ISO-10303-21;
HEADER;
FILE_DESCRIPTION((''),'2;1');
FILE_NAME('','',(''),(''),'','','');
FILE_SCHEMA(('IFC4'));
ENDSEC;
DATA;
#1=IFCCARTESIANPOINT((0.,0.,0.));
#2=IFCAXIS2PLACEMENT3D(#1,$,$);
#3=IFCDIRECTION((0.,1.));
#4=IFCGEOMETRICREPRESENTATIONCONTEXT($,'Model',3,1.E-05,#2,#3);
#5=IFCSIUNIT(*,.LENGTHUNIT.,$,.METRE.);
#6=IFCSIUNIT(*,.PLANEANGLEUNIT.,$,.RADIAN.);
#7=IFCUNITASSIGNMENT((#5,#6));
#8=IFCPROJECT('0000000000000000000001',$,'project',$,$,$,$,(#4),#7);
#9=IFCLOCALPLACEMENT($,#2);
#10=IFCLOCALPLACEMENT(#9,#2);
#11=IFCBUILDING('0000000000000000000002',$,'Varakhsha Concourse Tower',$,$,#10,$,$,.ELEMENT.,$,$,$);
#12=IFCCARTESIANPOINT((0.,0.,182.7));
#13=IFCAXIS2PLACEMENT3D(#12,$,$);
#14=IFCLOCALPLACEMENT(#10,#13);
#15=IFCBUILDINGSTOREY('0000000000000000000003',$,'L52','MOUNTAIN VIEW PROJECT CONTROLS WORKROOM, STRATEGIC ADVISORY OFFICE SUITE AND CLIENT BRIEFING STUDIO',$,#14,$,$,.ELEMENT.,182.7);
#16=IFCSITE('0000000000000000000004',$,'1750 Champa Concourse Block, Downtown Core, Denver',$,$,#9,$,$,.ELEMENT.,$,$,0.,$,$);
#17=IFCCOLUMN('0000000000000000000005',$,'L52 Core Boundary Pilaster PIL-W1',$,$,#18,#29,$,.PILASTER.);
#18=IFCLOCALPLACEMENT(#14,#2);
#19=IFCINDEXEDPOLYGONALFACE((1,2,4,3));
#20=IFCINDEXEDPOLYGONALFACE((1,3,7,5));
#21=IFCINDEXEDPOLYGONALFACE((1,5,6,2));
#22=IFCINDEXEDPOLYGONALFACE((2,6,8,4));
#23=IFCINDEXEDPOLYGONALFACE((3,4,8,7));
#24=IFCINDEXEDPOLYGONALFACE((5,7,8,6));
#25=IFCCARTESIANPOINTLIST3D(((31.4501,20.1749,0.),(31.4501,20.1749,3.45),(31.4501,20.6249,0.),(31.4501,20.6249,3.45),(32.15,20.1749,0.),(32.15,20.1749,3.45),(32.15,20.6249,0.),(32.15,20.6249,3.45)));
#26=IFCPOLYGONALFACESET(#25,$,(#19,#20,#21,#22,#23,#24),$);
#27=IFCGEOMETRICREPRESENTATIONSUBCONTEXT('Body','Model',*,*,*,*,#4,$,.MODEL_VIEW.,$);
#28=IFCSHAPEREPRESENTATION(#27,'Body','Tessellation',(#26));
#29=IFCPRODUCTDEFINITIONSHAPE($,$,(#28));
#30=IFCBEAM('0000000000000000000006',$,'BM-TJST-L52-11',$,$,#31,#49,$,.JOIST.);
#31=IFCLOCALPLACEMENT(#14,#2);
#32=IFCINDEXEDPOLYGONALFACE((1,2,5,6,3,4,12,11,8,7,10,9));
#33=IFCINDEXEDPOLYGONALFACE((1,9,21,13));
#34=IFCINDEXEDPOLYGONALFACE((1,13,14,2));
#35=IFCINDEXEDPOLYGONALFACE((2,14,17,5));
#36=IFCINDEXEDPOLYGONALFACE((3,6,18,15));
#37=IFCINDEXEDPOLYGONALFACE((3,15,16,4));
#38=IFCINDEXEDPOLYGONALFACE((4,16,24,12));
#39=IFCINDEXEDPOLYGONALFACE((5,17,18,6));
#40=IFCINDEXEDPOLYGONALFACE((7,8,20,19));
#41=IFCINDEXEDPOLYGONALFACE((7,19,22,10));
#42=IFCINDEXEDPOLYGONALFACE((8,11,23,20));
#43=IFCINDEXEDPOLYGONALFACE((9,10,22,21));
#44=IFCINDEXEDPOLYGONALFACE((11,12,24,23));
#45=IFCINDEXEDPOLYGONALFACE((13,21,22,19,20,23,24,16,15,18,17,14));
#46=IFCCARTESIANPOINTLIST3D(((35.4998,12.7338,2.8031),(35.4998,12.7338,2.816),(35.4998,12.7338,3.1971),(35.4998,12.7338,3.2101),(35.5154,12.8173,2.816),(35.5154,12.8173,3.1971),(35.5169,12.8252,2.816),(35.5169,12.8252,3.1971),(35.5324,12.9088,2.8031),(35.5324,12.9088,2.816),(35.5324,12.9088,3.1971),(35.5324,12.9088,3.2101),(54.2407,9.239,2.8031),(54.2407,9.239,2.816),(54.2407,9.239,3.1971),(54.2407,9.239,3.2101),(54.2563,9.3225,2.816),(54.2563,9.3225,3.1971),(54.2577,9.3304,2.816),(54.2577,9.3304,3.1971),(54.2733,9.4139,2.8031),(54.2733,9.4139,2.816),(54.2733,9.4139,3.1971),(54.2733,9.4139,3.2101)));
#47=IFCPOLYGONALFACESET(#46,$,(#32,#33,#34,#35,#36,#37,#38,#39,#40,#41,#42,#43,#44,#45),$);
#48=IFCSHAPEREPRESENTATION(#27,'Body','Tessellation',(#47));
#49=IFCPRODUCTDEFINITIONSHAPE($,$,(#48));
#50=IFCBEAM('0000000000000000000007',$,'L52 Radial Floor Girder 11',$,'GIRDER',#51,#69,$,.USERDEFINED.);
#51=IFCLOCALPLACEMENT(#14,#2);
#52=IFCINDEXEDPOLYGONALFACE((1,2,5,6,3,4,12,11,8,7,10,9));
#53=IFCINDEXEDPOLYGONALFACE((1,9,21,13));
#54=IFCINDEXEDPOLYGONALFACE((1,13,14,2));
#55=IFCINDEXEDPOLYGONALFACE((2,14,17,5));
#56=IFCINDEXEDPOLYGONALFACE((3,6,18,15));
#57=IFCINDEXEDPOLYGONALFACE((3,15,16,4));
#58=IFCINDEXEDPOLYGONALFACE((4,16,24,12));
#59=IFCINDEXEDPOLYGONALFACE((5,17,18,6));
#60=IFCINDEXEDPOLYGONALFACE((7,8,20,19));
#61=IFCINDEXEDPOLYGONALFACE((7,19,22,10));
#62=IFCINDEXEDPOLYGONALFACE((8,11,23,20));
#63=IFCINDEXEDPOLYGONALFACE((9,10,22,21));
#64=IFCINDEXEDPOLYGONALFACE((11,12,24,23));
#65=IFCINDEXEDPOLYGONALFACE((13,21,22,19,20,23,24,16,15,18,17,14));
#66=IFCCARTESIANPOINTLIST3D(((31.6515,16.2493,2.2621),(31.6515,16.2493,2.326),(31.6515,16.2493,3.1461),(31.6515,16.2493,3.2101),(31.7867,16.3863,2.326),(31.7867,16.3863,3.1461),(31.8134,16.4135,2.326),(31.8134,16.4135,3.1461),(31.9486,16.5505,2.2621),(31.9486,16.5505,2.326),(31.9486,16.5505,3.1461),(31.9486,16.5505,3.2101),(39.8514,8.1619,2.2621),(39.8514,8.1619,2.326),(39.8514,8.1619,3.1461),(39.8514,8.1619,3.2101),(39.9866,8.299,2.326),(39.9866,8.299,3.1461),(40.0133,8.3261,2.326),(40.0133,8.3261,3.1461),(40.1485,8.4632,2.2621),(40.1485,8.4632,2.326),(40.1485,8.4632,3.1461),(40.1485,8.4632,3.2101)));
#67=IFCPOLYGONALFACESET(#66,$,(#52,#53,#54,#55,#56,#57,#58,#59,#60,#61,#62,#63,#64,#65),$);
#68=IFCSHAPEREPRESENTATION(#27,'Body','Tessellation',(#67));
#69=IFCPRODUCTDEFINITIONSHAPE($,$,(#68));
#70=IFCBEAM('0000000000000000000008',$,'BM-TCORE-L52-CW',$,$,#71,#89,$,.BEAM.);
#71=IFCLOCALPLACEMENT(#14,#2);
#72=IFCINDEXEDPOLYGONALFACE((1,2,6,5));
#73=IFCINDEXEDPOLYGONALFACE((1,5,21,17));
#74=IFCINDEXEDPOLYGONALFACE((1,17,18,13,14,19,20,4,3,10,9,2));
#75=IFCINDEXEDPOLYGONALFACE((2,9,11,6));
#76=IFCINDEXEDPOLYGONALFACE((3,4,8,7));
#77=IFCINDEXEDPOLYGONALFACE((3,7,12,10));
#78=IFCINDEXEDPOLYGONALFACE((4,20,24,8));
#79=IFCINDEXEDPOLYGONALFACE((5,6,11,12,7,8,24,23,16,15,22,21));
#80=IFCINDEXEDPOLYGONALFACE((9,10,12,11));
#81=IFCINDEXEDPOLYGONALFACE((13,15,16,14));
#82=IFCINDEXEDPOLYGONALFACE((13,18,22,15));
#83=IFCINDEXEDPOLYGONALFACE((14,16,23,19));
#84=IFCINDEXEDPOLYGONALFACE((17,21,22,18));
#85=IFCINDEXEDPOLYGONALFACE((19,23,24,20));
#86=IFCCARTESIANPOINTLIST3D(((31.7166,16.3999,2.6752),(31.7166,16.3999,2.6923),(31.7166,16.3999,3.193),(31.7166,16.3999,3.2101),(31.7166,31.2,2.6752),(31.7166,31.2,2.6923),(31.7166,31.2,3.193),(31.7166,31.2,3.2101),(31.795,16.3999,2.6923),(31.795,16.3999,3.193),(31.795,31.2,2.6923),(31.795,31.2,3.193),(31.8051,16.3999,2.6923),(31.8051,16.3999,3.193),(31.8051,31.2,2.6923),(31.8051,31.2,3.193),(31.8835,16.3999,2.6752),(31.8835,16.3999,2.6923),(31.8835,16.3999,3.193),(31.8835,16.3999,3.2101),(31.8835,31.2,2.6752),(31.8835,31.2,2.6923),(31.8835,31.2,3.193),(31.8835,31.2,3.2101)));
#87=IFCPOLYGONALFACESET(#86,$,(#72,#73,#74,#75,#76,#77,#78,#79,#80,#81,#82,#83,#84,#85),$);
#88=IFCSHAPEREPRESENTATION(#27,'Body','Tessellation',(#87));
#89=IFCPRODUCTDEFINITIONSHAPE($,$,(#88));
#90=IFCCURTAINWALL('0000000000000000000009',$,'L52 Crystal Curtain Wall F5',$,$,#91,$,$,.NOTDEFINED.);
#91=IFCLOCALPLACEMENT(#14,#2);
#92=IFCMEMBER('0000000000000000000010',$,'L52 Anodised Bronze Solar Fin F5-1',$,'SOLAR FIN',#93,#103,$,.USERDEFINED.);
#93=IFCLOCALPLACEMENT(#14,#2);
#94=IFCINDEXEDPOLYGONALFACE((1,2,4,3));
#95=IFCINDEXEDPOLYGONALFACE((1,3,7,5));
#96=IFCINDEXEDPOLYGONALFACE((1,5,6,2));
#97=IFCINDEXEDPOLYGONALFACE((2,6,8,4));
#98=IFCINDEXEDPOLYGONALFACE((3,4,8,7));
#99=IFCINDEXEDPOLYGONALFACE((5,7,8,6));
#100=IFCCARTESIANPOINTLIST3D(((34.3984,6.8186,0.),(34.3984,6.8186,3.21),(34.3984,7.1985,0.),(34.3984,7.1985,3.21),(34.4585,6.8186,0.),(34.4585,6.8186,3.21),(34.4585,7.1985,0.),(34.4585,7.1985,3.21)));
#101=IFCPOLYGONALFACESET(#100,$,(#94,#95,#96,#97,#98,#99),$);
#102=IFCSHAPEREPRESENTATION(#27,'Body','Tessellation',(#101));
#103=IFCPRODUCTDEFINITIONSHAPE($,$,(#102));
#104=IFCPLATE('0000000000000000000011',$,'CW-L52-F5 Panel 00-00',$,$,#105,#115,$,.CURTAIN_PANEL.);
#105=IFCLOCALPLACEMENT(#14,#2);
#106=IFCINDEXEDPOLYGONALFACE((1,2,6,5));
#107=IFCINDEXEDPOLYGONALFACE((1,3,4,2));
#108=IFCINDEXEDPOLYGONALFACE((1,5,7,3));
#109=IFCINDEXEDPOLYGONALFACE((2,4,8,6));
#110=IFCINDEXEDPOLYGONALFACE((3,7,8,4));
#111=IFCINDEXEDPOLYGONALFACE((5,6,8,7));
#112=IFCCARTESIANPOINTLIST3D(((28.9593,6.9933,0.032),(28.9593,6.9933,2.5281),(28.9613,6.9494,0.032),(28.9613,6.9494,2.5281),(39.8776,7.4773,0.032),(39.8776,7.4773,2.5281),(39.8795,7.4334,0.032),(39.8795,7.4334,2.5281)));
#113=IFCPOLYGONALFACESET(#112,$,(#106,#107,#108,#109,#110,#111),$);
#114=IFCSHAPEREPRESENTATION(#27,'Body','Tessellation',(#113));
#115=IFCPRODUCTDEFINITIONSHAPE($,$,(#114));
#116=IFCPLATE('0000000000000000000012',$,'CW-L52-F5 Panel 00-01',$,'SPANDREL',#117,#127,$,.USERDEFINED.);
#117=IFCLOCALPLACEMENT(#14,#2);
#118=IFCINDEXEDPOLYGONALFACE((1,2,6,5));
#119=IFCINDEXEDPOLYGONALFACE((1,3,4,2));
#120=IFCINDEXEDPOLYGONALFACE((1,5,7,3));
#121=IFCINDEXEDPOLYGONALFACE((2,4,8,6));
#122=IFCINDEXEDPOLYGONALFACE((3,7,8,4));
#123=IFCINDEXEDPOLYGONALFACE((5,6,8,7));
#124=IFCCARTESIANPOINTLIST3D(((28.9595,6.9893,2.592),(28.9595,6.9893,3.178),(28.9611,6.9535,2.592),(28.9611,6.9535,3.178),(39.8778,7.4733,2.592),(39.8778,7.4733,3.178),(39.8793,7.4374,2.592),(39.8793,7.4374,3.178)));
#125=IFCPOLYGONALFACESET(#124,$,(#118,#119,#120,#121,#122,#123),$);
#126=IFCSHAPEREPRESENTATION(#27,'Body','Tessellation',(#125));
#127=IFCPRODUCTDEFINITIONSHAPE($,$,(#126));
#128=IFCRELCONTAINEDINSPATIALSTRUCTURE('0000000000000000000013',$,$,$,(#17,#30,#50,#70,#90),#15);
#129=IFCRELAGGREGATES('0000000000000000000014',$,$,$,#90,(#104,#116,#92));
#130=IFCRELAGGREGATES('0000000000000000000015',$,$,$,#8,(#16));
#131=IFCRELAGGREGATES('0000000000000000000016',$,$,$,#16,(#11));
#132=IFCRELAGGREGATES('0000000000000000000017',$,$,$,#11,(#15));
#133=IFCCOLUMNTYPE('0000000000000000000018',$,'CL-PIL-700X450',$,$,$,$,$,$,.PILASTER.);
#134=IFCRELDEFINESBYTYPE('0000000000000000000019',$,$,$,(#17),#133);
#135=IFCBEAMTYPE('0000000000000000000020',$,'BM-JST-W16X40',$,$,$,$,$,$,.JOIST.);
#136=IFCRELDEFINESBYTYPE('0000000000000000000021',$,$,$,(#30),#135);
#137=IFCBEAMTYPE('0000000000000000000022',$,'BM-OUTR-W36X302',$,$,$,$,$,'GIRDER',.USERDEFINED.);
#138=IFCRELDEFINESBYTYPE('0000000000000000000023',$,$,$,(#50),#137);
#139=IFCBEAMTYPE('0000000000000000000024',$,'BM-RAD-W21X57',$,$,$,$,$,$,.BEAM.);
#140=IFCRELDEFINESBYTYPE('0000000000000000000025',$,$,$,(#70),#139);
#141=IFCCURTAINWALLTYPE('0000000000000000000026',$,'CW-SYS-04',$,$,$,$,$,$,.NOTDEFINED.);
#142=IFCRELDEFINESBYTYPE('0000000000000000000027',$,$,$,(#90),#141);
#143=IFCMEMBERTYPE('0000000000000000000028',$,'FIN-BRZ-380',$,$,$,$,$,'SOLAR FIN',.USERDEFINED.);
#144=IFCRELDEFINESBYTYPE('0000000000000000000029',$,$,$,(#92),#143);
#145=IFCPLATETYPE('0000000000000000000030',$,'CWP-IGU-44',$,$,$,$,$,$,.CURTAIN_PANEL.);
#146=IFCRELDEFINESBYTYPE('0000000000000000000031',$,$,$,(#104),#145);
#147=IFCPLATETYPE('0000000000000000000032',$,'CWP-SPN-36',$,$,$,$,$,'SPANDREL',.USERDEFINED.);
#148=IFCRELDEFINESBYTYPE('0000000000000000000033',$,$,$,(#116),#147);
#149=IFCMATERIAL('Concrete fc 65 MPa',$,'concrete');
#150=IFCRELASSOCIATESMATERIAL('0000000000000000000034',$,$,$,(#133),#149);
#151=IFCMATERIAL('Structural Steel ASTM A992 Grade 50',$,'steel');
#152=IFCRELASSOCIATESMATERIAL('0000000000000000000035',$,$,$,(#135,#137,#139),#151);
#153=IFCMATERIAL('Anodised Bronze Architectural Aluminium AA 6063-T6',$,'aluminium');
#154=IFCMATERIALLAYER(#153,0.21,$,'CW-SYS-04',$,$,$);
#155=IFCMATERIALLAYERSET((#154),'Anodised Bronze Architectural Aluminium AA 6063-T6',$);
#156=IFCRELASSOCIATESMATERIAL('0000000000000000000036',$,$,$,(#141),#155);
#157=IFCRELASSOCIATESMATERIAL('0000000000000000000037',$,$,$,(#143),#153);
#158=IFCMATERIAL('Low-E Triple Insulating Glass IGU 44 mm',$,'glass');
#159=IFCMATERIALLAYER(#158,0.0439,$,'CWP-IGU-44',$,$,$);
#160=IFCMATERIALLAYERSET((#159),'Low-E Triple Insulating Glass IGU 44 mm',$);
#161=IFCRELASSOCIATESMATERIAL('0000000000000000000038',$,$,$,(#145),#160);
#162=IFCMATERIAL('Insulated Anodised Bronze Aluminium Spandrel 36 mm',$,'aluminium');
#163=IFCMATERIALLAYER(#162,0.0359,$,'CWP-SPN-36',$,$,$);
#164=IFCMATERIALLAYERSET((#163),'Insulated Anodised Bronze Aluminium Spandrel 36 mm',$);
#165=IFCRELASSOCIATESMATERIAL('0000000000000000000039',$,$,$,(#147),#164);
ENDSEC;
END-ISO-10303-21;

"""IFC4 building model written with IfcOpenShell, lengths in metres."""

from ifc_helpers import new_model, si_unit, direction, frame, origin, origin_2d, place, context, subcontext, project, spatial, rectangle, i_section, extrude, source, transform, mapped, material, layer, layer_set, material_profile, profile_set, type_object, type_shapes, element, aggregate, save


model = new_model("IFC4")

# Units and contexts
model_context = context("Model", 3, precision=1e-05, world=origin(), true_north=direction((0.0, 1.0)))
body_context = subcontext(model_context, "Body", "Model", "MODEL_VIEW")
ifc_project = project(units=[si_unit("LENGTHUNIT", "METRE"), si_unit("PLANEANGLEUNIT", "RADIAN")], contexts=[model_context])

# Site, building, storey
site_placement = place(None, origin())
site = spatial("IfcSite", under=ifc_project, at=site_placement, Name="1750 Champa Concourse Block, Downtown Core, Denver", CompositionType="ELEMENT", RefElevation=0.0)
building_placement = place(site_placement, origin())
building = spatial("IfcBuilding", under=site, at=building_placement, Name="Varakhsha Concourse Tower", CompositionType="ELEMENT")
storey_placement = place(building_placement, frame((0.0, 0.0, 182.7)))
storey = spatial("IfcBuildingStorey", under=building, at=storey_placement, Name="L52", Description="MOUNTAIN VIEW PROJECT CONTROLS WORKROOM, STRATEGIC ADVISORY OFFICE SUITE AND CLIENT BRIEFING STUDIO", CompositionType="ELEMENT", Elevation=182.7)

# Column
ifc_material_1 = material(Name="Concrete fc 65 MPa", Category="concrete")
ifc_material_profile_1 = material_profile(ifc_material_1, rectangle(XDim=0.7, YDim=0.45, at=origin_2d()), Name="RC 700x450")
ifc_profile_set_1 = profile_set([ifc_material_profile_1], Name="Concrete fc 65 MPa")
column_type = type_object("IfcColumnType", Name="CL-PIL-700X450", PredefinedType="PILASTER", material=ifc_profile_set_1)
column_placement = place(storey_placement, frame((31.8, 20.3999, 0.0), z_axis=(0.0, 0.0, 1.0), x_axis=(1.0, 0.0, 0.0)))
element("IfcColumn", 1, at=column_placement, inside=storey, type_object=column_type, Name="L52 Core Boundary Pilaster PIL-W1", PredefinedType="PILASTER", context=body_context, shape_type="SweptSolid", body=[
    extrude(rectangle(XDim=0.7, YDim=0.45, at=origin_2d()), origin(), (0.0, 0.0, 1.0), 3.45),
])

# Beams
ifc_material_2 = material(Name="Structural Steel ASTM A992 Grade 50", Category="steel")
ifc_material_profile_2 = material_profile(ifc_material_2, i_section(OverallWidth=0.178, OverallDepth=0.407, WebThickness=0.0081, FlangeThickness=0.0129, at=origin_2d()), Name="W16X40")
ifc_profile_set_2 = profile_set([ifc_material_profile_2], Name="Structural Steel ASTM A992 Grade 50")
beam_type_1 = type_object("IfcBeamType", Name="BM-JST-W16X40", PredefinedType="JOIST", material=ifc_profile_set_2)
beam_1_placement = place(storey_placement, frame((35.5161, 12.8213, 3.0066), z_axis=(0.983053, -0.183323, 0.0), x_axis=(0.183323, 0.983053, 0.0)))
element("IfcBeam", 2, at=beam_1_placement, inside=storey, type_object=beam_type_1, Name="BM-TJST-L52-11", PredefinedType="JOIST", context=body_context, shape_type="SweptSolid", body=[
    extrude(i_section(OverallWidth=0.178, OverallDepth=0.407, WebThickness=0.0081, FlangeThickness=0.0129, at=origin_2d()), origin(), (0.0, 0.0, 1.0), 19.064),
])
ifc_material_profile_3 = material_profile(ifc_material_2, i_section(OverallWidth=0.4231, OverallDepth=0.948, WebThickness=0.0381, FlangeThickness=0.064, at=origin_2d()), Name="W36X302")
ifc_profile_set_3 = profile_set([ifc_material_profile_3], Name="Structural Steel ASTM A992 Grade 50")
beam_type_2 = type_object("IfcBeamType", Name="BM-OUTR-W36X302", ElementType="GIRDER", PredefinedType="USERDEFINED", material=ifc_profile_set_3)
beam_2_placement = place(storey_placement, frame((31.8, 16.3999, 2.7361), z_axis=(0.711976, -0.702204, 0.0), x_axis=(0.702204, 0.711976, 0.0)))
element("IfcBeam", 3, at=beam_2_placement, inside=storey, type_object=beam_type_2, Name="L52 Radial Floor Girder 11", ObjectType="GIRDER", PredefinedType="USERDEFINED", context=body_context, shape_type="SweptSolid", body=[
    extrude(i_section(OverallWidth=0.4231, OverallDepth=0.948, WebThickness=0.0381, FlangeThickness=0.064, at=origin_2d()), origin(), (0.0, 0.0, 1.0), 11.5171),
])
ifc_material_profile_4 = material_profile(ifc_material_2, i_section(OverallWidth=0.167, OverallDepth=0.5349, WebThickness=0.01, FlangeThickness=0.0171, at=origin_2d()), Name="W21X57")
ifc_profile_set_4 = profile_set([ifc_material_profile_4], Name="Structural Steel ASTM A992 Grade 50")
beam_type_3 = type_object("IfcBeamType", Name="BM-RAD-W21X57", PredefinedType="BEAM", material=ifc_profile_set_4)
beam_3_placement = place(storey_placement, frame((31.8, 16.3999, 2.9426), z_axis=(0.0, 1.0, 0.0), x_axis=(-1.0, 0.0, 0.0)))
element("IfcBeam", 4, at=beam_3_placement, inside=storey, type_object=beam_type_3, Name="BM-TCORE-L52-CW", PredefinedType="BEAM", context=body_context, shape_type="SweptSolid", body=[
    extrude(i_section(OverallWidth=0.167, OverallDepth=0.5349, WebThickness=0.01, FlangeThickness=0.0171, at=origin_2d()), origin(), (0.0, 0.0, 1.0), 14.8),
])

# Curtain wall, member, plates
ifc_material_3 = material(Name="Anodised Bronze Architectural Aluminium AA 6063-T6", Category="aluminium")
ifc_layer_1 = layer(ifc_material_3, 0.21, Name="CW-SYS-04")
ifc_layer_set_1 = layer_set([ifc_layer_1], Name="Anodised Bronze Architectural Aluminium AA 6063-T6")
curtain_wall_type = type_object("IfcCurtainWallType", Name="CW-SYS-04", PredefinedType="NOTDEFINED", material=ifc_layer_set_1)
curtain_wall_placement = place(storey_placement, origin())
curtain_wall = element("IfcCurtainWall", 5, at=curtain_wall_placement, inside=storey, type_object=curtain_wall_type, Name="L52 Crystal Curtain Wall F5", PredefinedType="NOTDEFINED")
ifc_material_profile_5 = material_profile(ifc_material_3, rectangle(XDim=0.0601, YDim=0.3799, at=origin_2d()), Name="FIN-BRZ-380")
ifc_profile_set_5 = profile_set([ifc_material_profile_5], Name="Anodised Bronze Architectural Aluminium AA 6063-T6")
member_type = type_object("IfcMemberType", Name="FIN-BRZ-380", ElementType="SOLAR FIN", PredefinedType="USERDEFINED", material=ifc_profile_set_5)
shared_shape_1 = source(origin(), body_context, "Body", "SweptSolid", [
    extrude(rectangle(XDim=0.0601, YDim=0.3799, at=origin_2d()), origin(), (0.0, 0.0, 1.0), 3.21),
])
type_shapes(member_type, [shared_shape_1])
member_placement = place(storey_placement, frame((34.4285, 7.0085, 0.0), z_axis=(0.0, 0.0, 1.0), x_axis=(1.0, 0.0, 0.0)))
member = element("IfcMember", 6, at=member_placement, type_object=member_type, Name="L52 Anodised Bronze Solar Fin F5-1", ObjectType="SOLAR FIN", PredefinedType="USERDEFINED", context=body_context, shape_type="MappedRepresentation", body=[
    mapped(shared_shape_1, transform((0.0, 0.0, 0.0), scale=1.0)),
])
ifc_material_4 = material(Name="Low-E Triple Insulating Glass IGU 44 mm", Category="glass")
ifc_layer_2 = layer(ifc_material_4, 0.0439, Name="CWP-IGU-44")
ifc_layer_set_2 = layer_set([ifc_layer_2], Name="Low-E Triple Insulating Glass IGU 44 mm")
plate_type_1 = type_object("IfcPlateType", Name="CWP-IGU-44", PredefinedType="CURTAIN_PANEL", material=ifc_layer_set_2)
shared_shape_2 = source(origin(), body_context, "Body", "SweptSolid", [
    extrude(rectangle(XDim=10.929, YDim=0.0439, at=origin_2d()), origin(), (0.0, 0.0, 1.0), 2.4961),
])
type_shapes(plate_type_1, [shared_shape_2])
plate_1_placement = place(storey_placement, frame((34.4194, 7.2134, 0.032), z_axis=(0.0, 0.0, 1.0), x_axis=(-0.999019, -0.044285, 0.0)))
plate_1 = element("IfcPlate", 7, at=plate_1_placement, type_object=plate_type_1, Name="CW-L52-F5 Panel 00-00", PredefinedType="CURTAIN_PANEL", context=body_context, shape_type="MappedRepresentation", body=[
    mapped(shared_shape_2, transform((0.0, 0.0, 0.0), scale=1.0)),
])
ifc_material_5 = material(Name="Insulated Anodised Bronze Aluminium Spandrel 36 mm", Category="aluminium")
ifc_layer_3 = layer(ifc_material_5, 0.0359, Name="CWP-SPN-36")
ifc_layer_set_3 = layer_set([ifc_layer_3], Name="Insulated Anodised Bronze Aluminium Spandrel 36 mm")
plate_type_2 = type_object("IfcPlateType", Name="CWP-SPN-36", ElementType="SPANDREL", PredefinedType="USERDEFINED", material=ifc_layer_set_3)
shared_shape_3 = source(origin(), body_context, "Body", "SweptSolid", [
    extrude(rectangle(XDim=10.929, YDim=0.0359, at=origin_2d()), origin(), (0.0, 0.0, 1.0), 0.5859),
])
type_shapes(plate_type_2, [shared_shape_3])
plate_2_placement = place(storey_placement, frame((34.4194, 7.2134, 2.592), z_axis=(0.0, 0.0, 1.0), x_axis=(-0.999019, -0.044285, 0.0)))
plate_2 = element("IfcPlate", 8, at=plate_2_placement, type_object=plate_type_2, Name="CW-L52-F5 Panel 00-01", ObjectType="SPANDREL", PredefinedType="USERDEFINED", context=body_context, shape_type="MappedRepresentation", body=[
    mapped(shared_shape_3, transform((0.0, 0.0, 0.0), scale=1.0)),
])
aggregate(curtain_wall, [plate_1, plate_2, member])

save(model, "model.ifc")
